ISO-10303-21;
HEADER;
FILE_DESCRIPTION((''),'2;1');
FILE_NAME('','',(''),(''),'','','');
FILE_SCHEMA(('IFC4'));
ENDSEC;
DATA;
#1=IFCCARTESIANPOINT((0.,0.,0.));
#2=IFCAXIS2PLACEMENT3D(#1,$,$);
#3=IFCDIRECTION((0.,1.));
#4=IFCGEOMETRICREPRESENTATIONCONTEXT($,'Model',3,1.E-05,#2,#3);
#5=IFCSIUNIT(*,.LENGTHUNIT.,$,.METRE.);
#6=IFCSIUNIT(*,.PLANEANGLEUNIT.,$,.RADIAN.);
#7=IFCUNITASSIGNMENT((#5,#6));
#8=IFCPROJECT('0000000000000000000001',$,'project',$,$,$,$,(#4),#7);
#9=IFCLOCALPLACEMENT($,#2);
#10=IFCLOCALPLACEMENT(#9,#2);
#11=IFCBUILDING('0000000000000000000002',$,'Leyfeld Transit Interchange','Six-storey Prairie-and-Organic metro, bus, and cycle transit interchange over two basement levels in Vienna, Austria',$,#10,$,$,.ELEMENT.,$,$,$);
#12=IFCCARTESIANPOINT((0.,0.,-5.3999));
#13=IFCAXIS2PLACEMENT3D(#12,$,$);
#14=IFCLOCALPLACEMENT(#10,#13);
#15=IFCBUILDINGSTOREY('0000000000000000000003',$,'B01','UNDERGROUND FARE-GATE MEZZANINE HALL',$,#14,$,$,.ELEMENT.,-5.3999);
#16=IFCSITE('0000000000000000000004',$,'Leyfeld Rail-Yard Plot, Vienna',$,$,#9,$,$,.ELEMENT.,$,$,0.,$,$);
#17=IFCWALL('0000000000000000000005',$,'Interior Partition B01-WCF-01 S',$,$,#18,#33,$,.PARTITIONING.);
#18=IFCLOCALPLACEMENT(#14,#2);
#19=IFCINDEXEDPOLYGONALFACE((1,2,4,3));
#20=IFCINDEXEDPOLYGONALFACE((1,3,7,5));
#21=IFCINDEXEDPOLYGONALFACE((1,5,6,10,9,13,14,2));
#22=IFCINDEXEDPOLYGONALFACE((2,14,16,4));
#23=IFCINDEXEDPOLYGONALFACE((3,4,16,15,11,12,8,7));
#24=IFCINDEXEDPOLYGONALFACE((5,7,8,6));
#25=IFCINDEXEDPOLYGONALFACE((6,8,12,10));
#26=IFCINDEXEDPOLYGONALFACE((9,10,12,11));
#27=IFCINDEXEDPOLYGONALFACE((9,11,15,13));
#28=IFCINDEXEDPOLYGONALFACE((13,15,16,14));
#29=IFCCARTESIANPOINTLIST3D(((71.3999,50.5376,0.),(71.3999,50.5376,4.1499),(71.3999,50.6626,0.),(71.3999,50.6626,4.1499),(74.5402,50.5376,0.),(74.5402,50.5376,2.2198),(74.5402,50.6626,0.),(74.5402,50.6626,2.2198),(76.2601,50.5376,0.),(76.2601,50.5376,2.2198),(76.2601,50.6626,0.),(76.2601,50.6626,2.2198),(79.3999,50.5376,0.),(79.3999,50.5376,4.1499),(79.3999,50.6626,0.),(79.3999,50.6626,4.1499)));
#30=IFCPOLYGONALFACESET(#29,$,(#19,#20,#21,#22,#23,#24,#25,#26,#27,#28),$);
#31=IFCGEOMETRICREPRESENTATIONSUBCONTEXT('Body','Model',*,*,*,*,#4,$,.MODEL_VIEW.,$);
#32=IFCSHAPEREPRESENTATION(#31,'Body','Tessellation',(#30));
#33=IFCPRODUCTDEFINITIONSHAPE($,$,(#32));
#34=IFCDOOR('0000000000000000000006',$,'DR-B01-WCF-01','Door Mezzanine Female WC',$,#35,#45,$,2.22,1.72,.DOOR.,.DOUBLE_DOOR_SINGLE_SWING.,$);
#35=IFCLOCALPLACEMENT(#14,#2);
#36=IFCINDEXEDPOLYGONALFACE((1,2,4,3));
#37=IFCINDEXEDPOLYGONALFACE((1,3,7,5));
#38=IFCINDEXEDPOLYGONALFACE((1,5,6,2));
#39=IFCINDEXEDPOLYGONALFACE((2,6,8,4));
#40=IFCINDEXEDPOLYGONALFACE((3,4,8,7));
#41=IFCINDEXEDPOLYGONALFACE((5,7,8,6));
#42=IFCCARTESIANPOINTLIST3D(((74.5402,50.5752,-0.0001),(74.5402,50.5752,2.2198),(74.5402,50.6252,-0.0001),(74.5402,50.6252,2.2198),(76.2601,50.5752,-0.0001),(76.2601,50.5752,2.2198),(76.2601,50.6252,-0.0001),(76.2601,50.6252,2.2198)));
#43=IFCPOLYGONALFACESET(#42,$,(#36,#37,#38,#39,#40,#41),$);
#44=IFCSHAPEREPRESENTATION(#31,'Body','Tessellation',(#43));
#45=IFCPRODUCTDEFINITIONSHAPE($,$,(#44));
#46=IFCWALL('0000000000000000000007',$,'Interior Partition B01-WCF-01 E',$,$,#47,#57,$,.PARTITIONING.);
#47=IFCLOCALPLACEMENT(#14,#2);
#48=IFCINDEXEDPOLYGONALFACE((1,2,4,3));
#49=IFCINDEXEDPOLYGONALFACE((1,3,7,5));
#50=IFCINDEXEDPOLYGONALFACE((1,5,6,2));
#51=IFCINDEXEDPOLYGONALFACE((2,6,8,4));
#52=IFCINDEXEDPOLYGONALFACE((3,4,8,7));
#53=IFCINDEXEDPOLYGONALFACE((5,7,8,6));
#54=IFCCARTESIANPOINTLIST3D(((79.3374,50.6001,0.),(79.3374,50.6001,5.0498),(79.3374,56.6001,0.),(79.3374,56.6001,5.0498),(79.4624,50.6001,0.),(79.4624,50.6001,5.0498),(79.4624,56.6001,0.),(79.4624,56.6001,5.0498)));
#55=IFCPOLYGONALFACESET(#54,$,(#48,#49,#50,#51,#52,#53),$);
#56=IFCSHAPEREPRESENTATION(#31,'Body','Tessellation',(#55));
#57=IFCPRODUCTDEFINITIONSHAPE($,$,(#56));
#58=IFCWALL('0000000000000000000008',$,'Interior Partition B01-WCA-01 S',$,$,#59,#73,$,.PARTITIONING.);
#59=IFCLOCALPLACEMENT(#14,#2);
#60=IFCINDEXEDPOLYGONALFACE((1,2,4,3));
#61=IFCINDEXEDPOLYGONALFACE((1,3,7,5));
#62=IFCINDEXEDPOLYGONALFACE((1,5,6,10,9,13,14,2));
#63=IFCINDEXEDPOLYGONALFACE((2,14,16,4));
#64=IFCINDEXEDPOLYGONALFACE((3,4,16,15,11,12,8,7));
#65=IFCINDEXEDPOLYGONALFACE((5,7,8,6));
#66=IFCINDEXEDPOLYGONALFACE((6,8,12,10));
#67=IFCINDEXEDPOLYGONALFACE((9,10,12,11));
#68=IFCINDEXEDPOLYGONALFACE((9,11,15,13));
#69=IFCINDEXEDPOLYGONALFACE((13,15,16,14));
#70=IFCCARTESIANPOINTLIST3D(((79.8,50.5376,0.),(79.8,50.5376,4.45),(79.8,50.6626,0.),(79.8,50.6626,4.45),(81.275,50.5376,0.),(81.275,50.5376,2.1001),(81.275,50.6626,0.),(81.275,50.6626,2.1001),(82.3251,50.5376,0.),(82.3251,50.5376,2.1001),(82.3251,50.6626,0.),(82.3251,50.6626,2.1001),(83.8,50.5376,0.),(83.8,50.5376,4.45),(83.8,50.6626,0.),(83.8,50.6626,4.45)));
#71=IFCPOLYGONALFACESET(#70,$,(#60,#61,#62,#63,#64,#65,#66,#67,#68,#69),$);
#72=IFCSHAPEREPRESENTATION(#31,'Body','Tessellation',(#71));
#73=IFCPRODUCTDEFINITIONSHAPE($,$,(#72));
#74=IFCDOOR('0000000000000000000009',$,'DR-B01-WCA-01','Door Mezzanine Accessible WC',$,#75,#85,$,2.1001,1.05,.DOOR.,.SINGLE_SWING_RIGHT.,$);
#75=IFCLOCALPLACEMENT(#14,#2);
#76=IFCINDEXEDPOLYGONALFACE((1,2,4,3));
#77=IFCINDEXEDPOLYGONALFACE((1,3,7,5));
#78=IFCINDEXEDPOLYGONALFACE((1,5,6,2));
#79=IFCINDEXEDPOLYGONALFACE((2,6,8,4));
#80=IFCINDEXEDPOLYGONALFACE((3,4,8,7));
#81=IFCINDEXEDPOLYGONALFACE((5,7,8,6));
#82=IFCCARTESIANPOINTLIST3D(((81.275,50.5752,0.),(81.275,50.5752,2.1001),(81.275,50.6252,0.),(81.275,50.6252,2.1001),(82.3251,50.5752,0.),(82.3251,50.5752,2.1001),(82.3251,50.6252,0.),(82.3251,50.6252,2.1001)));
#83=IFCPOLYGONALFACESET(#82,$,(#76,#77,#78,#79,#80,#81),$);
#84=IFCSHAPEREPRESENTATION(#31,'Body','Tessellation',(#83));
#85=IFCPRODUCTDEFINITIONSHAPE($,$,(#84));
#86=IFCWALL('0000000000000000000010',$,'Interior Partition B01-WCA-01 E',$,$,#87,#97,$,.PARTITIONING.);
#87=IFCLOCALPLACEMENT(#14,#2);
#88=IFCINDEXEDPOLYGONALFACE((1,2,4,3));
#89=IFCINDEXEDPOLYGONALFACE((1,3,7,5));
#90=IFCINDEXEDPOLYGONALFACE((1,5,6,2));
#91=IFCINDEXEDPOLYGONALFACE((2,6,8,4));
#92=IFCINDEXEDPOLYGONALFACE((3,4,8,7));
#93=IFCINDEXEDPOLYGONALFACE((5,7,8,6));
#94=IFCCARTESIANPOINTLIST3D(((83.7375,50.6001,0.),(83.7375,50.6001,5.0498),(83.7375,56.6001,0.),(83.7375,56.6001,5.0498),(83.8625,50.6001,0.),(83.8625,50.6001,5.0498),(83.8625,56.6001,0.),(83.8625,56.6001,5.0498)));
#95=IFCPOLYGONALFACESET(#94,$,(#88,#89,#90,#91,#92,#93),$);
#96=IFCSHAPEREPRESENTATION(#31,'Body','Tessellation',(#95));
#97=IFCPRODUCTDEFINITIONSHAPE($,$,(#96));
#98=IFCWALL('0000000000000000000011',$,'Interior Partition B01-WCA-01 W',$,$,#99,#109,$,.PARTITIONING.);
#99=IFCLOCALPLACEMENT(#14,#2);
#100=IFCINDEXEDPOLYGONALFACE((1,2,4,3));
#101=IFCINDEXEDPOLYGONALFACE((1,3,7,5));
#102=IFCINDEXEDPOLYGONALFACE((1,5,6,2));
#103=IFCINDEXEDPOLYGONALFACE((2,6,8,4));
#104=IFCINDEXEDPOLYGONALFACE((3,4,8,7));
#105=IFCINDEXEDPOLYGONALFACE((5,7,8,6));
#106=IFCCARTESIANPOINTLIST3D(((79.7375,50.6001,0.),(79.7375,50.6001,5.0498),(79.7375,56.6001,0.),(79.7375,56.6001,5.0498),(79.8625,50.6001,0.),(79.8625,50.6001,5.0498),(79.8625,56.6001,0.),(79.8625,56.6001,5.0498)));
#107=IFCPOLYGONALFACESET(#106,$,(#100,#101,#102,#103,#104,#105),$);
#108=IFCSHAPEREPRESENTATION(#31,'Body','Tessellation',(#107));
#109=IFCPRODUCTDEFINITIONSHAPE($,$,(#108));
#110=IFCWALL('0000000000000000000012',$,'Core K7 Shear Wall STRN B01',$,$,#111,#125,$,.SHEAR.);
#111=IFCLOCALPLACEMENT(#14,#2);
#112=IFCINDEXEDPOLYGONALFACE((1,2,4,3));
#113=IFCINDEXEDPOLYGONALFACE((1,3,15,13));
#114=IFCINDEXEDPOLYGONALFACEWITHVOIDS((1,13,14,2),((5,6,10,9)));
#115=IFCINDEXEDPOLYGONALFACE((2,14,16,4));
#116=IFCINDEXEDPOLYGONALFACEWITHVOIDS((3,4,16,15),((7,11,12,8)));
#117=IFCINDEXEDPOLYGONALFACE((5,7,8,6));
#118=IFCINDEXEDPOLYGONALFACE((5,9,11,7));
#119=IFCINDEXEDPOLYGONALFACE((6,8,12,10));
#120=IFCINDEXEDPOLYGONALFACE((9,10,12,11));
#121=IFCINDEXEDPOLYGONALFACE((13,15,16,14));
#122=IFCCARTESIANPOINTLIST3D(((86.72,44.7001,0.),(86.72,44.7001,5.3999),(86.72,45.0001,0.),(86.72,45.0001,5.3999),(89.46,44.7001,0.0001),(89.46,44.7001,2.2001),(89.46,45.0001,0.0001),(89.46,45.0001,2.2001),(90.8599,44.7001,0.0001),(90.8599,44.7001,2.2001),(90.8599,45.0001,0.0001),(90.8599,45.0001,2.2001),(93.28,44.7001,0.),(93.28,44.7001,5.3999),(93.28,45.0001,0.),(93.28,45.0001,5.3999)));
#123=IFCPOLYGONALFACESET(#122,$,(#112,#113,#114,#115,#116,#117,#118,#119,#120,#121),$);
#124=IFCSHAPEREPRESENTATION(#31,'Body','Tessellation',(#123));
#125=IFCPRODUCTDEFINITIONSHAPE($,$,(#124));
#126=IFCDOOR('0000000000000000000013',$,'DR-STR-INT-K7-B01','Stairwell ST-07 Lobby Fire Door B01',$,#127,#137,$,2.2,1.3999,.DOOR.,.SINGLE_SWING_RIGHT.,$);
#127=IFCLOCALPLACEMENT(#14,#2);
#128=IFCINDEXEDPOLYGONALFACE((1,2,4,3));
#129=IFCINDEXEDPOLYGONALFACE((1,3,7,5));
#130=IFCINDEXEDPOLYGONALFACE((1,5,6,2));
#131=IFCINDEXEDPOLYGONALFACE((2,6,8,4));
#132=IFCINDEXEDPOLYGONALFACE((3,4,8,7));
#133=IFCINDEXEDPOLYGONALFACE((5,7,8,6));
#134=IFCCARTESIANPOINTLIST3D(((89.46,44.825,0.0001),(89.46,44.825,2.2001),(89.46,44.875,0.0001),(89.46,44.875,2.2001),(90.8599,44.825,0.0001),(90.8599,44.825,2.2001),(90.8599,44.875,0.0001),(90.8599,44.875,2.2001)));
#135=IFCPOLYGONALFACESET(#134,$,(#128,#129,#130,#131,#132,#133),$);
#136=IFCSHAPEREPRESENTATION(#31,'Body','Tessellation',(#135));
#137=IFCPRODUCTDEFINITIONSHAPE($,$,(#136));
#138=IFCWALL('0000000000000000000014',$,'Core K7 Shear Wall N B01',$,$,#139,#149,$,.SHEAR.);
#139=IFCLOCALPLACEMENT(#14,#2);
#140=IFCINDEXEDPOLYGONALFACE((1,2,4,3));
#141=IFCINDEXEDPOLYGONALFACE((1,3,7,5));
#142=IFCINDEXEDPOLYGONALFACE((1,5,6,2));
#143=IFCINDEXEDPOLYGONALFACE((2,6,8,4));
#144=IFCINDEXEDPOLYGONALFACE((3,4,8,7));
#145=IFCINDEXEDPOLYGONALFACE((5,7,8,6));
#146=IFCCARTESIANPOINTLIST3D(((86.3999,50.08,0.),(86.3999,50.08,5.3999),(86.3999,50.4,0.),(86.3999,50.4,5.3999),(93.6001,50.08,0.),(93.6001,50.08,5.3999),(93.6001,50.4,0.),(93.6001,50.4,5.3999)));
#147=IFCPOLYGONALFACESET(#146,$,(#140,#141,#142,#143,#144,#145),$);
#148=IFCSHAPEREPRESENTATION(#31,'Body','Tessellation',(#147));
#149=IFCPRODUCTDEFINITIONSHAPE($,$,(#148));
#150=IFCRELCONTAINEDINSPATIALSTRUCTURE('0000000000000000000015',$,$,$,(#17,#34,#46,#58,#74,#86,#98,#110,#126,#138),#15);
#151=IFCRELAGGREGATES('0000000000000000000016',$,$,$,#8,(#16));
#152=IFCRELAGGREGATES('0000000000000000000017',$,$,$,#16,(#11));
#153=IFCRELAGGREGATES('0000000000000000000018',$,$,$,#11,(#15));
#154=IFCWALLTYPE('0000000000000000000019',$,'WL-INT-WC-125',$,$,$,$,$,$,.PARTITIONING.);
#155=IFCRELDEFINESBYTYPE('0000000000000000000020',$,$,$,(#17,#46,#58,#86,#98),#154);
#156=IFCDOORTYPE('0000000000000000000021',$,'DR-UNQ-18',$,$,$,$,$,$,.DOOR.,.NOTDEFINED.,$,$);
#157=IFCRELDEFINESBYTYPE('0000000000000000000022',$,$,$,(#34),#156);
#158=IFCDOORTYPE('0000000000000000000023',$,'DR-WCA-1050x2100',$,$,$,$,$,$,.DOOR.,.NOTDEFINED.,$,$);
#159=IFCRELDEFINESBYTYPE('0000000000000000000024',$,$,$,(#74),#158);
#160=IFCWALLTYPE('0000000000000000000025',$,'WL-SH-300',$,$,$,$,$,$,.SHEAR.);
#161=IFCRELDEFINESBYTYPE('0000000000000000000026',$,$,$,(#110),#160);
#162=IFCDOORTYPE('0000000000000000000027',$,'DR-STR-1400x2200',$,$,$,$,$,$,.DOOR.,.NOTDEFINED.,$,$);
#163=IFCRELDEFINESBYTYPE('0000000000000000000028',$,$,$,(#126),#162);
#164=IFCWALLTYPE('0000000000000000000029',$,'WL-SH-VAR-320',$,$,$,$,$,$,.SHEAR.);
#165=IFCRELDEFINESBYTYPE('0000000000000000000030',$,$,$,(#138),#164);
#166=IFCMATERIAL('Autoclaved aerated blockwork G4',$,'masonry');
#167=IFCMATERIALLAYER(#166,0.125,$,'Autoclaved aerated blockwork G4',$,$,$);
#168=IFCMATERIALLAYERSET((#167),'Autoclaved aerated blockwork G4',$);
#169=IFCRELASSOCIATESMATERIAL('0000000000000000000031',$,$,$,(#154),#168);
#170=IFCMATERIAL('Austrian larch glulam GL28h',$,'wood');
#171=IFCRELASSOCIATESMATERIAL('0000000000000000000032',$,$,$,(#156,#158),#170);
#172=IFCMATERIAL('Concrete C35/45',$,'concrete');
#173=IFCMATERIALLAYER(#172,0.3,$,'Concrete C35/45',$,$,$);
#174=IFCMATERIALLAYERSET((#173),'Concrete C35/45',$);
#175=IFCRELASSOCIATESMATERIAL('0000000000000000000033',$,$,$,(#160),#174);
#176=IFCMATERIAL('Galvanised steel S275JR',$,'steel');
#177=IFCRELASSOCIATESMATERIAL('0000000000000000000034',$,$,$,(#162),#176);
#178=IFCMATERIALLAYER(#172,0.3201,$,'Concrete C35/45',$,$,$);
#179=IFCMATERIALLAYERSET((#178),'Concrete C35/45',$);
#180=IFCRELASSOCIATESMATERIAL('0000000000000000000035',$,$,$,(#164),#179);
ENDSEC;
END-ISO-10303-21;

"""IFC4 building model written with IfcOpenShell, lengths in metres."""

from ifc_helpers import new_model, si_unit, direction, frame, frame_2d, origin, place, context, subcontext, project, spatial, rectangle, extrude, material, layer, layer_set, type_object, element, fill, save


model = new_model("IFC4")

# Units and contexts
model_context = context("Model", 3, precision=1e-05, world=origin(), true_north=direction((0.0, 1.0)))
body_context = subcontext(model_context, "Body", "Model", "MODEL_VIEW")
ifc_project = project(units=[si_unit("LENGTHUNIT", "METRE"), si_unit("PLANEANGLEUNIT", "RADIAN")], contexts=[model_context])

# Site, building, storey
site_placement = place(None, origin())
site = spatial("IfcSite", under=ifc_project, at=site_placement, Name="Leyfeld Rail-Yard Plot, Vienna", CompositionType="ELEMENT", RefElevation=0.0)
building_placement = place(site_placement, origin())
building = spatial("IfcBuilding", under=site, at=building_placement, Name="Leyfeld Transit Interchange", Description="Six-storey Prairie-and-Organic metro, bus, and cycle transit interchange over two basement levels in Vienna, Austria", CompositionType="ELEMENT")
storey_placement = place(building_placement, frame((0.0, 0.0, -5.3999)))
storey = spatial("IfcBuildingStorey", under=building, at=storey_placement, Name="B01", Description="UNDERGROUND FARE-GATE MEZZANINE HALL", CompositionType="ELEMENT", Elevation=-5.3999)

# Shared definitions
ifc_material_1 = material(Name="Concrete C35/45", Category="concrete")

# Wall, opening, door
ifc_material_2 = material(Name="Autoclaved aerated blockwork G4", Category="masonry")
ifc_layer_1 = layer(ifc_material_2, 0.125, Name="Autoclaved aerated blockwork G4")
ifc_layer_set_1 = layer_set([ifc_layer_1], Name="Autoclaved aerated blockwork G4")
wall_type_1 = type_object("IfcWallType", Name="WL-INT-WC-125", PredefinedType="PARTITIONING", material=ifc_layer_set_1)
wall_1_placement = place(storey_placement, frame((79.3999, 50.6001, 0.0), z_axis=(0.0, 0.0, 1.0), x_axis=(-1.0, 0.0, 0.0)))
wall_1 = element("IfcWall", 1, at=wall_1_placement, inside=storey, type_object=wall_type_1, Name="Interior Partition B01-WCF-01 S", PredefinedType="PARTITIONING", context=body_context, shape_type="SweptSolid", body=[
    extrude(rectangle(XDim=8.0, YDim=0.125, at=frame_2d((4.0, 0.0))), origin(), (0.0, 0.0, 1.0), 4.1499),
])
opening_1_placement = place(wall_1_placement, frame((3.1399, 0.0, 0.0)))
opening_1 = element("IfcOpeningElement", 2, at=opening_1_placement, cuts=wall_1, PredefinedType="OPENING", context=body_context, shape_type="SweptSolid", body=[
    extrude(rectangle(XDim=1.72, YDim=2.22, at=frame_2d((0.8599, 1.1099))), frame((0.0, 0.0725, 0.0), z_axis=(0.0, -1.0, 0.0), x_axis=(1.0, 0.0, 0.0)), (0.0, 0.0, 1.0), 0.145),
])
ifc_material_3 = material(Name="Austrian larch glulam GL28h", Category="wood")
door_type_1 = type_object("IfcDoorType", Name="DR-UNQ-18", OperationType="NOTDEFINED", PredefinedType="DOOR", material=ifc_material_3)
door_1_placement = place(opening_1_placement, origin())
door_1 = element("IfcDoor", 3, at=door_1_placement, inside=storey, type_object=door_type_1, Name="DR-B01-WCF-01", Description="Door Mezzanine Female WC", OperationType="DOUBLE_DOOR_SINGLE_SWING", OverallHeight=2.22, OverallWidth=1.72, PredefinedType="DOOR", context=body_context, shape_type="SweptSolid", body=[
    extrude(rectangle(XDim=1.72, YDim=2.22, at=frame_2d((0.8599, 1.1099))), frame((0.0, 0.0249, 0.0), z_axis=(0.0, -1.0, 0.0), x_axis=(1.0, 0.0, 0.0)), (0.0, 0.0, 1.0), 0.05),
])
fill(opening_1, door_1)

# Wall
wall_2_placement = place(storey_placement, frame((79.3999, 56.6001, 0.0), z_axis=(0.0, 0.0, 1.0), x_axis=(0.0, -1.0, 0.0)))
element("IfcWall", 4, at=wall_2_placement, inside=storey, type_object=wall_type_1, Name="Interior Partition B01-WCF-01 E", PredefinedType="PARTITIONING", context=body_context, shape_type="SweptSolid", body=[
    extrude(rectangle(XDim=6.0, YDim=0.125, at=frame_2d((3.0, 0.0))), origin(), (0.0, 0.0, 1.0), 5.0498),
])

# Wall, opening, door
wall_3_placement = place(storey_placement, frame((83.8, 50.6001, 0.0), z_axis=(0.0, 0.0, 1.0), x_axis=(-1.0, 0.0, 0.0)))
wall_3 = element("IfcWall", 5, at=wall_3_placement, inside=storey, type_object=wall_type_1, Name="Interior Partition B01-WCA-01 S", PredefinedType="PARTITIONING", context=body_context, shape_type="SweptSolid", body=[
    extrude(rectangle(XDim=4.0, YDim=0.125, at=frame_2d((2.0, 0.0))), origin(), (0.0, 0.0, 1.0), 4.45),
])
opening_2_placement = place(wall_3_placement, frame((1.4751, 0.0, 0.0)))
opening_2 = element("IfcOpeningElement", 6, at=opening_2_placement, cuts=wall_3, PredefinedType="OPENING", context=body_context, shape_type="SweptSolid", body=[
    extrude(rectangle(XDim=1.05, YDim=2.1001, at=frame_2d((0.5249, 1.05))), frame((0.0, 0.0725, 0.0), z_axis=(0.0, -1.0, 0.0), x_axis=(1.0, 0.0, 0.0)), (0.0, 0.0, 1.0), 0.145),
])
door_type_2 = type_object("IfcDoorType", Name="DR-WCA-1050x2100", OperationType="NOTDEFINED", PredefinedType="DOOR", material=ifc_material_3)
door_2_placement = place(opening_2_placement, origin())
door_2 = element("IfcDoor", 7, at=door_2_placement, inside=storey, type_object=door_type_2, Name="DR-B01-WCA-01", Description="Door Mezzanine Accessible WC", OperationType="SINGLE_SWING_RIGHT", OverallHeight=2.1001, OverallWidth=1.05, PredefinedType="DOOR", context=body_context, shape_type="SweptSolid", body=[
    extrude(rectangle(XDim=1.05, YDim=2.1001, at=frame_2d((0.5249, 1.05))), frame((0.0, 0.0249, 0.0), z_axis=(0.0, -1.0, 0.0), x_axis=(1.0, 0.0, 0.0)), (0.0, 0.0, 1.0), 0.05),
])
fill(opening_2, door_2)

# Walls
for number, where, z_axis, x_axis, name in (
    (8, (83.8, 56.6001, 0.0), (0.0, 0.0, 1.0), (0.0, -1.0, 0.0), "Interior Partition B01-WCA-01 E"),
    (9, (79.8, 50.6001, 0.0), (0.0, 0.0, 1.0), (0.0, 1.0, 0.0), "Interior Partition B01-WCA-01 W"),
):
    element("IfcWall", number, at=place(storey_placement, frame(where, z_axis=z_axis, x_axis=x_axis)), inside=storey, type_object=wall_type_1, Name=name, PredefinedType="PARTITIONING", context=body_context, shape_type="SweptSolid", body=[
        extrude(rectangle(XDim=6.0, YDim=0.125, at=frame_2d((3.0, 0.0))), origin(), (0.0, 0.0, 1.0), 5.0498),
    ])

# Wall, opening, door
ifc_layer_2 = layer(ifc_material_1, 0.3, Name="Concrete C35/45")
ifc_layer_set_2 = layer_set([ifc_layer_2], Name="Concrete C35/45")
wall_type_2 = type_object("IfcWallType", Name="WL-SH-300", PredefinedType="SHEAR", material=ifc_layer_set_2)
wall_4_placement = place(storey_placement, frame((86.72, 44.8501, 0.0), z_axis=(0.0, 0.0, 1.0), x_axis=(1.0, 0.0, 0.0)))
wall_4 = element("IfcWall", 10, at=wall_4_placement, inside=storey, type_object=wall_type_2, Name="Core K7 Shear Wall STRN B01", PredefinedType="SHEAR", context=body_context, shape_type="SweptSolid", body=[
    extrude(rectangle(XDim=6.5601, YDim=0.3, at=frame_2d((3.28, 0.0))), origin(), (0.0, 0.0, 1.0), 5.3999),
])
opening_3_placement = place(wall_4_placement, frame((2.74, 0.0, 0.0)))
opening_3 = element("IfcOpeningElement", 11, at=opening_3_placement, cuts=wall_4, PredefinedType="OPENING", context=body_context, shape_type="SweptSolid", body=[
    extrude(rectangle(XDim=1.3999, YDim=2.2, at=frame_2d((0.7, 1.1001))), frame((0.0, 0.1599, 0.0), z_axis=(0.0, -1.0, 0.0), x_axis=(1.0, 0.0, 0.0)), (0.0, 0.0, 1.0), 0.3201),
])
ifc_material_4 = material(Name="Galvanised steel S275JR", Category="steel")
door_type_3 = type_object("IfcDoorType", Name="DR-STR-1400x2200", OperationType="NOTDEFINED", PredefinedType="DOOR", material=ifc_material_4)
door_3_placement = place(opening_3_placement, origin())
door_3 = element("IfcDoor", 12, at=door_3_placement, inside=storey, type_object=door_type_3, Name="DR-STR-INT-K7-B01", Description="Stairwell ST-07 Lobby Fire Door B01", OperationType="SINGLE_SWING_RIGHT", OverallHeight=2.2, OverallWidth=1.3999, PredefinedType="DOOR", context=body_context, shape_type="SweptSolid", body=[
    extrude(rectangle(XDim=1.3999, YDim=2.2, at=frame_2d((0.7, 1.1001))), frame((0.0, 0.0249, 0.0), z_axis=(0.0, -1.0, 0.0), x_axis=(1.0, 0.0, 0.0)), (0.0, 0.0, 1.0), 0.05),
])
fill(opening_3, door_3)

# Wall
ifc_layer_3 = layer(ifc_material_1, 0.3201, Name="Concrete C35/45")
ifc_layer_set_3 = layer_set([ifc_layer_3], Name="Concrete C35/45")
wall_type_3 = type_object("IfcWallType", Name="WL-SH-VAR-320", PredefinedType="SHEAR", material=ifc_layer_set_3)
wall_5_placement = place(storey_placement, frame((86.3999, 50.24, 0.0), z_axis=(0.0, 0.0, 1.0), x_axis=(1.0, 0.0, 0.0)))
element("IfcWall", 13, at=wall_5_placement, inside=storey, type_object=wall_type_3, Name="Core K7 Shear Wall N B01", PredefinedType="SHEAR", context=body_context, shape_type="SweptSolid", body=[
    extrude(rectangle(XDim=7.2002, YDim=0.3201, at=frame_2d((3.6001, 0.0))), origin(), (0.0, 0.0, 1.0), 5.3999),
])

save(model, "model.ifc")
